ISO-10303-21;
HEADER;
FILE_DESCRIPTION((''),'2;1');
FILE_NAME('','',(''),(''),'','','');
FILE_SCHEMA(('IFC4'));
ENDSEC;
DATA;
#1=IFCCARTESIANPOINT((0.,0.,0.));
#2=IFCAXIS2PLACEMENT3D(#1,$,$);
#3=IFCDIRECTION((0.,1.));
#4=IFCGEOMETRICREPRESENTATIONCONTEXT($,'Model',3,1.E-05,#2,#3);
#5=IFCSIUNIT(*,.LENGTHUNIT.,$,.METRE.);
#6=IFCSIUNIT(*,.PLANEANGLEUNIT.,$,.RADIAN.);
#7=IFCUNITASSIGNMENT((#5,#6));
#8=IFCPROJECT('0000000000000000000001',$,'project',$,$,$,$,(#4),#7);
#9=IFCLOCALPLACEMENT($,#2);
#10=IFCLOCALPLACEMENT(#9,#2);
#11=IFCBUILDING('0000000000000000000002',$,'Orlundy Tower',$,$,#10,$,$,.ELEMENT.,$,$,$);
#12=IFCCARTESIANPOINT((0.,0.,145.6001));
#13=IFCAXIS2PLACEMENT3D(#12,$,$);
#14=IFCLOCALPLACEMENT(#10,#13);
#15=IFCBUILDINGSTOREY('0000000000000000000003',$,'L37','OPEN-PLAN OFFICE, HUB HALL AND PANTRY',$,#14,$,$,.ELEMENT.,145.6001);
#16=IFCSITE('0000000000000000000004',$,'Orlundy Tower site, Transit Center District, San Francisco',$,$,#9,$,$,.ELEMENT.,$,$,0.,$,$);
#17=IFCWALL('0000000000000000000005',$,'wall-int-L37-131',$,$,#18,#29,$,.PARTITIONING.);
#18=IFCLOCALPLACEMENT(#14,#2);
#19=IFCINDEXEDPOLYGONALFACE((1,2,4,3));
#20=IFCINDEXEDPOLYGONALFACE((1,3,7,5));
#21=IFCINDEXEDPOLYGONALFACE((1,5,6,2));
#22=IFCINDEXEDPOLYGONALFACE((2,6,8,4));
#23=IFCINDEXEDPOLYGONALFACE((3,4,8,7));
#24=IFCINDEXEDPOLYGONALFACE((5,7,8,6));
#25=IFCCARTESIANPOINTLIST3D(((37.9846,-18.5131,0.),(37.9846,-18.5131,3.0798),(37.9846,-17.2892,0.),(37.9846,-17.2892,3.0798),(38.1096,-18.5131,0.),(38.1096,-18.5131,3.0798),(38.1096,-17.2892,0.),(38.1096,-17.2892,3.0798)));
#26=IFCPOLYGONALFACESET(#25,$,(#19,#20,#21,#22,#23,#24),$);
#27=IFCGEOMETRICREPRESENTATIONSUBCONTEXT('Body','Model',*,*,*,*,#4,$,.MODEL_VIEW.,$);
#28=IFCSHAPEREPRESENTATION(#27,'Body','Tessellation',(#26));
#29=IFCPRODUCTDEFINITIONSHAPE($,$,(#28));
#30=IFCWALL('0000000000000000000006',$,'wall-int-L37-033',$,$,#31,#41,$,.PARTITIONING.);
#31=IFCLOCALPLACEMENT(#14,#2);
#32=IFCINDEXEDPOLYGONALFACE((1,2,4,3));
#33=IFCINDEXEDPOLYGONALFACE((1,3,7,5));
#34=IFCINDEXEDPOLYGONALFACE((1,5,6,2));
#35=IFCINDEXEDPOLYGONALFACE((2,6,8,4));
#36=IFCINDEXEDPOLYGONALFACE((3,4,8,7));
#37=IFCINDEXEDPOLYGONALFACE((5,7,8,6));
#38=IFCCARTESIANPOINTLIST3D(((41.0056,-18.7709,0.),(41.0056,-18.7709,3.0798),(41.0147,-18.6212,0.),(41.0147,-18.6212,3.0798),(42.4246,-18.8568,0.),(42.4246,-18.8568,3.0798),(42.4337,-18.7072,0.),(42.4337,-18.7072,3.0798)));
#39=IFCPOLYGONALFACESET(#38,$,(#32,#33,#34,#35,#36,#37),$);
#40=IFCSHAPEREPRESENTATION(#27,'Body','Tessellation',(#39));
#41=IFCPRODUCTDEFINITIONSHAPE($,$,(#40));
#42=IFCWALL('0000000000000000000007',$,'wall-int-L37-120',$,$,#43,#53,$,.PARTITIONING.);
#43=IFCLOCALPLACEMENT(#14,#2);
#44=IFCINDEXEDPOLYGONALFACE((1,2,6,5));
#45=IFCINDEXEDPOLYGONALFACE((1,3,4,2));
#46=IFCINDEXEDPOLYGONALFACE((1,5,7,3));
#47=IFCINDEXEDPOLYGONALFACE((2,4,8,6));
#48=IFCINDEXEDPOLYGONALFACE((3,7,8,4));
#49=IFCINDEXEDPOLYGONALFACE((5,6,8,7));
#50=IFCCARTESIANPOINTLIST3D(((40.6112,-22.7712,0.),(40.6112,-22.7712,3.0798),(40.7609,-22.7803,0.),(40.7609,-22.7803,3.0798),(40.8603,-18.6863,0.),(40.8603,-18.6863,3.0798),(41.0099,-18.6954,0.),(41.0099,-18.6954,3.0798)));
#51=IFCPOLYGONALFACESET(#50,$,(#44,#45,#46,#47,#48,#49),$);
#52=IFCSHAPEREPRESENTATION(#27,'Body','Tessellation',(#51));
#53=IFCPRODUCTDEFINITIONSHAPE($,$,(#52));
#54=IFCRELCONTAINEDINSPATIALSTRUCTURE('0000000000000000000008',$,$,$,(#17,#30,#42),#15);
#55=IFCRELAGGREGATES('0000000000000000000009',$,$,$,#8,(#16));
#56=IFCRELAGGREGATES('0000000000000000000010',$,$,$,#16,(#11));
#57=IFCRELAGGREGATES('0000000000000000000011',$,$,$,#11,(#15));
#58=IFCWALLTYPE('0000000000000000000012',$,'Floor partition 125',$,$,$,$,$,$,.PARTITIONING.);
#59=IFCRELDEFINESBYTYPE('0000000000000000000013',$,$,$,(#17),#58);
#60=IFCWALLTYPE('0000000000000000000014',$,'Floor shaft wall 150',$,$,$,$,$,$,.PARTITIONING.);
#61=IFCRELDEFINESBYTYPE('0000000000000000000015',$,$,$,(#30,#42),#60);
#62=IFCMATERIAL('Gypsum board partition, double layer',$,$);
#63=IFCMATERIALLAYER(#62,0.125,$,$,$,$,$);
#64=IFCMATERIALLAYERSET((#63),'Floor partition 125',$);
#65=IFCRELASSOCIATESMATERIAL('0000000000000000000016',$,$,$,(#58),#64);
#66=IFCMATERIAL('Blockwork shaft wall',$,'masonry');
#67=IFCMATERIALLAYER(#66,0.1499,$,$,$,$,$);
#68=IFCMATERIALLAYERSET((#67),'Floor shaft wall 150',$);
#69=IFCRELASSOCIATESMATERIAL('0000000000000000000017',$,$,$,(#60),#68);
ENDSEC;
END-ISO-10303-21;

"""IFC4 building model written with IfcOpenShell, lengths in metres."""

from ifc_helpers import new_model, si_unit, direction, frame, frame_2d, origin, place, context, subcontext, project, spatial, rectangle, extrude, material, layer, layer_set, type_object, element, save


model = new_model("IFC4")

# Units and contexts
model_context = context("Model", 3, precision=1e-05, world=origin(), true_north=direction((0.0, 1.0)))
body_context = subcontext(model_context, "Body", "Model", "MODEL_VIEW")
ifc_project = project(units=[si_unit("LENGTHUNIT", "METRE"), si_unit("PLANEANGLEUNIT", "RADIAN")], contexts=[model_context])

# Site, building, storey
site_placement = place(None, origin())
site = spatial("IfcSite", under=ifc_project, at=site_placement, Name="Orlundy Tower site, Transit Center District, San Francisco", CompositionType="ELEMENT", RefElevation=0.0)
building_placement = place(site_placement, origin())
building = spatial("IfcBuilding", under=site, at=building_placement, Name="Orlundy Tower", CompositionType="ELEMENT")
storey_placement = place(building_placement, frame((0.0, 0.0, 145.6001)))
storey = spatial("IfcBuildingStorey", under=building, at=storey_placement, Name="L37", Description="OPEN-PLAN OFFICE, HUB HALL AND PANTRY", CompositionType="ELEMENT", Elevation=145.6001)

# Shared definitions
ifc_material_1 = material(Name="Gypsum board partition, double layer")
ifc_layer_1 = layer(ifc_material_1, 0.125)
ifc_layer_set_1 = layer_set([ifc_layer_1], Name="Floor partition 125")
wall_type_1 = type_object("IfcWallType", Name="Floor partition 125", PredefinedType="PARTITIONING", material=ifc_layer_set_1)

# Walls
wall_1_placement = place(storey_placement, frame((38.0471, -18.5129, 0.0), z_axis=(0.0, 0.0, 1.0), x_axis=(0.0, 1.0, 0.0)))
element("IfcWall", 1, at=wall_1_placement, inside=storey, type_object=wall_type_1, Name="wall-int-L37-131", PredefinedType="PARTITIONING", context=body_context, shape_type="SweptSolid", body=[
    extrude(rectangle(XDim=1.2239, YDim=0.125, at=frame_2d((0.6118, 0.0))), origin(), (0.0, 0.0, 1.0), 3.0798),
])
ifc_material_2 = material(Name="Blockwork shaft wall", Category="masonry")
ifc_layer_2 = layer(ifc_material_2, 0.1499)
ifc_layer_set_2 = layer_set([ifc_layer_2], Name="Floor shaft wall 150")
wall_type_2 = type_object("IfcWallType", Name="Floor shaft wall 150", PredefinedType="PARTITIONING", material=ifc_layer_set_2)
wall_2_placement = place(storey_placement, frame((41.01, -18.696, 0.0), z_axis=(0.0, 0.0, 1.0), x_axis=(0.998171, -0.060454, 0.0)))
element("IfcWall", 2, at=wall_2_placement, inside=storey, type_object=wall_type_2, Name="wall-int-L37-033", PredefinedType="PARTITIONING", context=body_context, shape_type="SweptSolid", body=[
    extrude(rectangle(XDim=1.4216, YDim=0.1499, at=frame_2d((0.7109, 0.0))), origin(), (0.0, 0.0, 1.0), 3.0798),
])
wall_3_placement = place(storey_placement, frame((40.686, -22.7759, 0.0), z_axis=(0.0, 0.0, 1.0), x_axis=(0.060848, 0.998147, 0.0)))
element("IfcWall", 3, at=wall_3_placement, inside=storey, type_object=wall_type_2, Name="wall-int-L37-120", PredefinedType="PARTITIONING", context=body_context, shape_type="SweptSolid", body=[
    extrude(rectangle(XDim=4.0925, YDim=0.1499, at=frame_2d((2.0464, 0.0))), origin(), (0.0, 0.0, 1.0), 3.0798),
])

save(model, "model.ifc")
